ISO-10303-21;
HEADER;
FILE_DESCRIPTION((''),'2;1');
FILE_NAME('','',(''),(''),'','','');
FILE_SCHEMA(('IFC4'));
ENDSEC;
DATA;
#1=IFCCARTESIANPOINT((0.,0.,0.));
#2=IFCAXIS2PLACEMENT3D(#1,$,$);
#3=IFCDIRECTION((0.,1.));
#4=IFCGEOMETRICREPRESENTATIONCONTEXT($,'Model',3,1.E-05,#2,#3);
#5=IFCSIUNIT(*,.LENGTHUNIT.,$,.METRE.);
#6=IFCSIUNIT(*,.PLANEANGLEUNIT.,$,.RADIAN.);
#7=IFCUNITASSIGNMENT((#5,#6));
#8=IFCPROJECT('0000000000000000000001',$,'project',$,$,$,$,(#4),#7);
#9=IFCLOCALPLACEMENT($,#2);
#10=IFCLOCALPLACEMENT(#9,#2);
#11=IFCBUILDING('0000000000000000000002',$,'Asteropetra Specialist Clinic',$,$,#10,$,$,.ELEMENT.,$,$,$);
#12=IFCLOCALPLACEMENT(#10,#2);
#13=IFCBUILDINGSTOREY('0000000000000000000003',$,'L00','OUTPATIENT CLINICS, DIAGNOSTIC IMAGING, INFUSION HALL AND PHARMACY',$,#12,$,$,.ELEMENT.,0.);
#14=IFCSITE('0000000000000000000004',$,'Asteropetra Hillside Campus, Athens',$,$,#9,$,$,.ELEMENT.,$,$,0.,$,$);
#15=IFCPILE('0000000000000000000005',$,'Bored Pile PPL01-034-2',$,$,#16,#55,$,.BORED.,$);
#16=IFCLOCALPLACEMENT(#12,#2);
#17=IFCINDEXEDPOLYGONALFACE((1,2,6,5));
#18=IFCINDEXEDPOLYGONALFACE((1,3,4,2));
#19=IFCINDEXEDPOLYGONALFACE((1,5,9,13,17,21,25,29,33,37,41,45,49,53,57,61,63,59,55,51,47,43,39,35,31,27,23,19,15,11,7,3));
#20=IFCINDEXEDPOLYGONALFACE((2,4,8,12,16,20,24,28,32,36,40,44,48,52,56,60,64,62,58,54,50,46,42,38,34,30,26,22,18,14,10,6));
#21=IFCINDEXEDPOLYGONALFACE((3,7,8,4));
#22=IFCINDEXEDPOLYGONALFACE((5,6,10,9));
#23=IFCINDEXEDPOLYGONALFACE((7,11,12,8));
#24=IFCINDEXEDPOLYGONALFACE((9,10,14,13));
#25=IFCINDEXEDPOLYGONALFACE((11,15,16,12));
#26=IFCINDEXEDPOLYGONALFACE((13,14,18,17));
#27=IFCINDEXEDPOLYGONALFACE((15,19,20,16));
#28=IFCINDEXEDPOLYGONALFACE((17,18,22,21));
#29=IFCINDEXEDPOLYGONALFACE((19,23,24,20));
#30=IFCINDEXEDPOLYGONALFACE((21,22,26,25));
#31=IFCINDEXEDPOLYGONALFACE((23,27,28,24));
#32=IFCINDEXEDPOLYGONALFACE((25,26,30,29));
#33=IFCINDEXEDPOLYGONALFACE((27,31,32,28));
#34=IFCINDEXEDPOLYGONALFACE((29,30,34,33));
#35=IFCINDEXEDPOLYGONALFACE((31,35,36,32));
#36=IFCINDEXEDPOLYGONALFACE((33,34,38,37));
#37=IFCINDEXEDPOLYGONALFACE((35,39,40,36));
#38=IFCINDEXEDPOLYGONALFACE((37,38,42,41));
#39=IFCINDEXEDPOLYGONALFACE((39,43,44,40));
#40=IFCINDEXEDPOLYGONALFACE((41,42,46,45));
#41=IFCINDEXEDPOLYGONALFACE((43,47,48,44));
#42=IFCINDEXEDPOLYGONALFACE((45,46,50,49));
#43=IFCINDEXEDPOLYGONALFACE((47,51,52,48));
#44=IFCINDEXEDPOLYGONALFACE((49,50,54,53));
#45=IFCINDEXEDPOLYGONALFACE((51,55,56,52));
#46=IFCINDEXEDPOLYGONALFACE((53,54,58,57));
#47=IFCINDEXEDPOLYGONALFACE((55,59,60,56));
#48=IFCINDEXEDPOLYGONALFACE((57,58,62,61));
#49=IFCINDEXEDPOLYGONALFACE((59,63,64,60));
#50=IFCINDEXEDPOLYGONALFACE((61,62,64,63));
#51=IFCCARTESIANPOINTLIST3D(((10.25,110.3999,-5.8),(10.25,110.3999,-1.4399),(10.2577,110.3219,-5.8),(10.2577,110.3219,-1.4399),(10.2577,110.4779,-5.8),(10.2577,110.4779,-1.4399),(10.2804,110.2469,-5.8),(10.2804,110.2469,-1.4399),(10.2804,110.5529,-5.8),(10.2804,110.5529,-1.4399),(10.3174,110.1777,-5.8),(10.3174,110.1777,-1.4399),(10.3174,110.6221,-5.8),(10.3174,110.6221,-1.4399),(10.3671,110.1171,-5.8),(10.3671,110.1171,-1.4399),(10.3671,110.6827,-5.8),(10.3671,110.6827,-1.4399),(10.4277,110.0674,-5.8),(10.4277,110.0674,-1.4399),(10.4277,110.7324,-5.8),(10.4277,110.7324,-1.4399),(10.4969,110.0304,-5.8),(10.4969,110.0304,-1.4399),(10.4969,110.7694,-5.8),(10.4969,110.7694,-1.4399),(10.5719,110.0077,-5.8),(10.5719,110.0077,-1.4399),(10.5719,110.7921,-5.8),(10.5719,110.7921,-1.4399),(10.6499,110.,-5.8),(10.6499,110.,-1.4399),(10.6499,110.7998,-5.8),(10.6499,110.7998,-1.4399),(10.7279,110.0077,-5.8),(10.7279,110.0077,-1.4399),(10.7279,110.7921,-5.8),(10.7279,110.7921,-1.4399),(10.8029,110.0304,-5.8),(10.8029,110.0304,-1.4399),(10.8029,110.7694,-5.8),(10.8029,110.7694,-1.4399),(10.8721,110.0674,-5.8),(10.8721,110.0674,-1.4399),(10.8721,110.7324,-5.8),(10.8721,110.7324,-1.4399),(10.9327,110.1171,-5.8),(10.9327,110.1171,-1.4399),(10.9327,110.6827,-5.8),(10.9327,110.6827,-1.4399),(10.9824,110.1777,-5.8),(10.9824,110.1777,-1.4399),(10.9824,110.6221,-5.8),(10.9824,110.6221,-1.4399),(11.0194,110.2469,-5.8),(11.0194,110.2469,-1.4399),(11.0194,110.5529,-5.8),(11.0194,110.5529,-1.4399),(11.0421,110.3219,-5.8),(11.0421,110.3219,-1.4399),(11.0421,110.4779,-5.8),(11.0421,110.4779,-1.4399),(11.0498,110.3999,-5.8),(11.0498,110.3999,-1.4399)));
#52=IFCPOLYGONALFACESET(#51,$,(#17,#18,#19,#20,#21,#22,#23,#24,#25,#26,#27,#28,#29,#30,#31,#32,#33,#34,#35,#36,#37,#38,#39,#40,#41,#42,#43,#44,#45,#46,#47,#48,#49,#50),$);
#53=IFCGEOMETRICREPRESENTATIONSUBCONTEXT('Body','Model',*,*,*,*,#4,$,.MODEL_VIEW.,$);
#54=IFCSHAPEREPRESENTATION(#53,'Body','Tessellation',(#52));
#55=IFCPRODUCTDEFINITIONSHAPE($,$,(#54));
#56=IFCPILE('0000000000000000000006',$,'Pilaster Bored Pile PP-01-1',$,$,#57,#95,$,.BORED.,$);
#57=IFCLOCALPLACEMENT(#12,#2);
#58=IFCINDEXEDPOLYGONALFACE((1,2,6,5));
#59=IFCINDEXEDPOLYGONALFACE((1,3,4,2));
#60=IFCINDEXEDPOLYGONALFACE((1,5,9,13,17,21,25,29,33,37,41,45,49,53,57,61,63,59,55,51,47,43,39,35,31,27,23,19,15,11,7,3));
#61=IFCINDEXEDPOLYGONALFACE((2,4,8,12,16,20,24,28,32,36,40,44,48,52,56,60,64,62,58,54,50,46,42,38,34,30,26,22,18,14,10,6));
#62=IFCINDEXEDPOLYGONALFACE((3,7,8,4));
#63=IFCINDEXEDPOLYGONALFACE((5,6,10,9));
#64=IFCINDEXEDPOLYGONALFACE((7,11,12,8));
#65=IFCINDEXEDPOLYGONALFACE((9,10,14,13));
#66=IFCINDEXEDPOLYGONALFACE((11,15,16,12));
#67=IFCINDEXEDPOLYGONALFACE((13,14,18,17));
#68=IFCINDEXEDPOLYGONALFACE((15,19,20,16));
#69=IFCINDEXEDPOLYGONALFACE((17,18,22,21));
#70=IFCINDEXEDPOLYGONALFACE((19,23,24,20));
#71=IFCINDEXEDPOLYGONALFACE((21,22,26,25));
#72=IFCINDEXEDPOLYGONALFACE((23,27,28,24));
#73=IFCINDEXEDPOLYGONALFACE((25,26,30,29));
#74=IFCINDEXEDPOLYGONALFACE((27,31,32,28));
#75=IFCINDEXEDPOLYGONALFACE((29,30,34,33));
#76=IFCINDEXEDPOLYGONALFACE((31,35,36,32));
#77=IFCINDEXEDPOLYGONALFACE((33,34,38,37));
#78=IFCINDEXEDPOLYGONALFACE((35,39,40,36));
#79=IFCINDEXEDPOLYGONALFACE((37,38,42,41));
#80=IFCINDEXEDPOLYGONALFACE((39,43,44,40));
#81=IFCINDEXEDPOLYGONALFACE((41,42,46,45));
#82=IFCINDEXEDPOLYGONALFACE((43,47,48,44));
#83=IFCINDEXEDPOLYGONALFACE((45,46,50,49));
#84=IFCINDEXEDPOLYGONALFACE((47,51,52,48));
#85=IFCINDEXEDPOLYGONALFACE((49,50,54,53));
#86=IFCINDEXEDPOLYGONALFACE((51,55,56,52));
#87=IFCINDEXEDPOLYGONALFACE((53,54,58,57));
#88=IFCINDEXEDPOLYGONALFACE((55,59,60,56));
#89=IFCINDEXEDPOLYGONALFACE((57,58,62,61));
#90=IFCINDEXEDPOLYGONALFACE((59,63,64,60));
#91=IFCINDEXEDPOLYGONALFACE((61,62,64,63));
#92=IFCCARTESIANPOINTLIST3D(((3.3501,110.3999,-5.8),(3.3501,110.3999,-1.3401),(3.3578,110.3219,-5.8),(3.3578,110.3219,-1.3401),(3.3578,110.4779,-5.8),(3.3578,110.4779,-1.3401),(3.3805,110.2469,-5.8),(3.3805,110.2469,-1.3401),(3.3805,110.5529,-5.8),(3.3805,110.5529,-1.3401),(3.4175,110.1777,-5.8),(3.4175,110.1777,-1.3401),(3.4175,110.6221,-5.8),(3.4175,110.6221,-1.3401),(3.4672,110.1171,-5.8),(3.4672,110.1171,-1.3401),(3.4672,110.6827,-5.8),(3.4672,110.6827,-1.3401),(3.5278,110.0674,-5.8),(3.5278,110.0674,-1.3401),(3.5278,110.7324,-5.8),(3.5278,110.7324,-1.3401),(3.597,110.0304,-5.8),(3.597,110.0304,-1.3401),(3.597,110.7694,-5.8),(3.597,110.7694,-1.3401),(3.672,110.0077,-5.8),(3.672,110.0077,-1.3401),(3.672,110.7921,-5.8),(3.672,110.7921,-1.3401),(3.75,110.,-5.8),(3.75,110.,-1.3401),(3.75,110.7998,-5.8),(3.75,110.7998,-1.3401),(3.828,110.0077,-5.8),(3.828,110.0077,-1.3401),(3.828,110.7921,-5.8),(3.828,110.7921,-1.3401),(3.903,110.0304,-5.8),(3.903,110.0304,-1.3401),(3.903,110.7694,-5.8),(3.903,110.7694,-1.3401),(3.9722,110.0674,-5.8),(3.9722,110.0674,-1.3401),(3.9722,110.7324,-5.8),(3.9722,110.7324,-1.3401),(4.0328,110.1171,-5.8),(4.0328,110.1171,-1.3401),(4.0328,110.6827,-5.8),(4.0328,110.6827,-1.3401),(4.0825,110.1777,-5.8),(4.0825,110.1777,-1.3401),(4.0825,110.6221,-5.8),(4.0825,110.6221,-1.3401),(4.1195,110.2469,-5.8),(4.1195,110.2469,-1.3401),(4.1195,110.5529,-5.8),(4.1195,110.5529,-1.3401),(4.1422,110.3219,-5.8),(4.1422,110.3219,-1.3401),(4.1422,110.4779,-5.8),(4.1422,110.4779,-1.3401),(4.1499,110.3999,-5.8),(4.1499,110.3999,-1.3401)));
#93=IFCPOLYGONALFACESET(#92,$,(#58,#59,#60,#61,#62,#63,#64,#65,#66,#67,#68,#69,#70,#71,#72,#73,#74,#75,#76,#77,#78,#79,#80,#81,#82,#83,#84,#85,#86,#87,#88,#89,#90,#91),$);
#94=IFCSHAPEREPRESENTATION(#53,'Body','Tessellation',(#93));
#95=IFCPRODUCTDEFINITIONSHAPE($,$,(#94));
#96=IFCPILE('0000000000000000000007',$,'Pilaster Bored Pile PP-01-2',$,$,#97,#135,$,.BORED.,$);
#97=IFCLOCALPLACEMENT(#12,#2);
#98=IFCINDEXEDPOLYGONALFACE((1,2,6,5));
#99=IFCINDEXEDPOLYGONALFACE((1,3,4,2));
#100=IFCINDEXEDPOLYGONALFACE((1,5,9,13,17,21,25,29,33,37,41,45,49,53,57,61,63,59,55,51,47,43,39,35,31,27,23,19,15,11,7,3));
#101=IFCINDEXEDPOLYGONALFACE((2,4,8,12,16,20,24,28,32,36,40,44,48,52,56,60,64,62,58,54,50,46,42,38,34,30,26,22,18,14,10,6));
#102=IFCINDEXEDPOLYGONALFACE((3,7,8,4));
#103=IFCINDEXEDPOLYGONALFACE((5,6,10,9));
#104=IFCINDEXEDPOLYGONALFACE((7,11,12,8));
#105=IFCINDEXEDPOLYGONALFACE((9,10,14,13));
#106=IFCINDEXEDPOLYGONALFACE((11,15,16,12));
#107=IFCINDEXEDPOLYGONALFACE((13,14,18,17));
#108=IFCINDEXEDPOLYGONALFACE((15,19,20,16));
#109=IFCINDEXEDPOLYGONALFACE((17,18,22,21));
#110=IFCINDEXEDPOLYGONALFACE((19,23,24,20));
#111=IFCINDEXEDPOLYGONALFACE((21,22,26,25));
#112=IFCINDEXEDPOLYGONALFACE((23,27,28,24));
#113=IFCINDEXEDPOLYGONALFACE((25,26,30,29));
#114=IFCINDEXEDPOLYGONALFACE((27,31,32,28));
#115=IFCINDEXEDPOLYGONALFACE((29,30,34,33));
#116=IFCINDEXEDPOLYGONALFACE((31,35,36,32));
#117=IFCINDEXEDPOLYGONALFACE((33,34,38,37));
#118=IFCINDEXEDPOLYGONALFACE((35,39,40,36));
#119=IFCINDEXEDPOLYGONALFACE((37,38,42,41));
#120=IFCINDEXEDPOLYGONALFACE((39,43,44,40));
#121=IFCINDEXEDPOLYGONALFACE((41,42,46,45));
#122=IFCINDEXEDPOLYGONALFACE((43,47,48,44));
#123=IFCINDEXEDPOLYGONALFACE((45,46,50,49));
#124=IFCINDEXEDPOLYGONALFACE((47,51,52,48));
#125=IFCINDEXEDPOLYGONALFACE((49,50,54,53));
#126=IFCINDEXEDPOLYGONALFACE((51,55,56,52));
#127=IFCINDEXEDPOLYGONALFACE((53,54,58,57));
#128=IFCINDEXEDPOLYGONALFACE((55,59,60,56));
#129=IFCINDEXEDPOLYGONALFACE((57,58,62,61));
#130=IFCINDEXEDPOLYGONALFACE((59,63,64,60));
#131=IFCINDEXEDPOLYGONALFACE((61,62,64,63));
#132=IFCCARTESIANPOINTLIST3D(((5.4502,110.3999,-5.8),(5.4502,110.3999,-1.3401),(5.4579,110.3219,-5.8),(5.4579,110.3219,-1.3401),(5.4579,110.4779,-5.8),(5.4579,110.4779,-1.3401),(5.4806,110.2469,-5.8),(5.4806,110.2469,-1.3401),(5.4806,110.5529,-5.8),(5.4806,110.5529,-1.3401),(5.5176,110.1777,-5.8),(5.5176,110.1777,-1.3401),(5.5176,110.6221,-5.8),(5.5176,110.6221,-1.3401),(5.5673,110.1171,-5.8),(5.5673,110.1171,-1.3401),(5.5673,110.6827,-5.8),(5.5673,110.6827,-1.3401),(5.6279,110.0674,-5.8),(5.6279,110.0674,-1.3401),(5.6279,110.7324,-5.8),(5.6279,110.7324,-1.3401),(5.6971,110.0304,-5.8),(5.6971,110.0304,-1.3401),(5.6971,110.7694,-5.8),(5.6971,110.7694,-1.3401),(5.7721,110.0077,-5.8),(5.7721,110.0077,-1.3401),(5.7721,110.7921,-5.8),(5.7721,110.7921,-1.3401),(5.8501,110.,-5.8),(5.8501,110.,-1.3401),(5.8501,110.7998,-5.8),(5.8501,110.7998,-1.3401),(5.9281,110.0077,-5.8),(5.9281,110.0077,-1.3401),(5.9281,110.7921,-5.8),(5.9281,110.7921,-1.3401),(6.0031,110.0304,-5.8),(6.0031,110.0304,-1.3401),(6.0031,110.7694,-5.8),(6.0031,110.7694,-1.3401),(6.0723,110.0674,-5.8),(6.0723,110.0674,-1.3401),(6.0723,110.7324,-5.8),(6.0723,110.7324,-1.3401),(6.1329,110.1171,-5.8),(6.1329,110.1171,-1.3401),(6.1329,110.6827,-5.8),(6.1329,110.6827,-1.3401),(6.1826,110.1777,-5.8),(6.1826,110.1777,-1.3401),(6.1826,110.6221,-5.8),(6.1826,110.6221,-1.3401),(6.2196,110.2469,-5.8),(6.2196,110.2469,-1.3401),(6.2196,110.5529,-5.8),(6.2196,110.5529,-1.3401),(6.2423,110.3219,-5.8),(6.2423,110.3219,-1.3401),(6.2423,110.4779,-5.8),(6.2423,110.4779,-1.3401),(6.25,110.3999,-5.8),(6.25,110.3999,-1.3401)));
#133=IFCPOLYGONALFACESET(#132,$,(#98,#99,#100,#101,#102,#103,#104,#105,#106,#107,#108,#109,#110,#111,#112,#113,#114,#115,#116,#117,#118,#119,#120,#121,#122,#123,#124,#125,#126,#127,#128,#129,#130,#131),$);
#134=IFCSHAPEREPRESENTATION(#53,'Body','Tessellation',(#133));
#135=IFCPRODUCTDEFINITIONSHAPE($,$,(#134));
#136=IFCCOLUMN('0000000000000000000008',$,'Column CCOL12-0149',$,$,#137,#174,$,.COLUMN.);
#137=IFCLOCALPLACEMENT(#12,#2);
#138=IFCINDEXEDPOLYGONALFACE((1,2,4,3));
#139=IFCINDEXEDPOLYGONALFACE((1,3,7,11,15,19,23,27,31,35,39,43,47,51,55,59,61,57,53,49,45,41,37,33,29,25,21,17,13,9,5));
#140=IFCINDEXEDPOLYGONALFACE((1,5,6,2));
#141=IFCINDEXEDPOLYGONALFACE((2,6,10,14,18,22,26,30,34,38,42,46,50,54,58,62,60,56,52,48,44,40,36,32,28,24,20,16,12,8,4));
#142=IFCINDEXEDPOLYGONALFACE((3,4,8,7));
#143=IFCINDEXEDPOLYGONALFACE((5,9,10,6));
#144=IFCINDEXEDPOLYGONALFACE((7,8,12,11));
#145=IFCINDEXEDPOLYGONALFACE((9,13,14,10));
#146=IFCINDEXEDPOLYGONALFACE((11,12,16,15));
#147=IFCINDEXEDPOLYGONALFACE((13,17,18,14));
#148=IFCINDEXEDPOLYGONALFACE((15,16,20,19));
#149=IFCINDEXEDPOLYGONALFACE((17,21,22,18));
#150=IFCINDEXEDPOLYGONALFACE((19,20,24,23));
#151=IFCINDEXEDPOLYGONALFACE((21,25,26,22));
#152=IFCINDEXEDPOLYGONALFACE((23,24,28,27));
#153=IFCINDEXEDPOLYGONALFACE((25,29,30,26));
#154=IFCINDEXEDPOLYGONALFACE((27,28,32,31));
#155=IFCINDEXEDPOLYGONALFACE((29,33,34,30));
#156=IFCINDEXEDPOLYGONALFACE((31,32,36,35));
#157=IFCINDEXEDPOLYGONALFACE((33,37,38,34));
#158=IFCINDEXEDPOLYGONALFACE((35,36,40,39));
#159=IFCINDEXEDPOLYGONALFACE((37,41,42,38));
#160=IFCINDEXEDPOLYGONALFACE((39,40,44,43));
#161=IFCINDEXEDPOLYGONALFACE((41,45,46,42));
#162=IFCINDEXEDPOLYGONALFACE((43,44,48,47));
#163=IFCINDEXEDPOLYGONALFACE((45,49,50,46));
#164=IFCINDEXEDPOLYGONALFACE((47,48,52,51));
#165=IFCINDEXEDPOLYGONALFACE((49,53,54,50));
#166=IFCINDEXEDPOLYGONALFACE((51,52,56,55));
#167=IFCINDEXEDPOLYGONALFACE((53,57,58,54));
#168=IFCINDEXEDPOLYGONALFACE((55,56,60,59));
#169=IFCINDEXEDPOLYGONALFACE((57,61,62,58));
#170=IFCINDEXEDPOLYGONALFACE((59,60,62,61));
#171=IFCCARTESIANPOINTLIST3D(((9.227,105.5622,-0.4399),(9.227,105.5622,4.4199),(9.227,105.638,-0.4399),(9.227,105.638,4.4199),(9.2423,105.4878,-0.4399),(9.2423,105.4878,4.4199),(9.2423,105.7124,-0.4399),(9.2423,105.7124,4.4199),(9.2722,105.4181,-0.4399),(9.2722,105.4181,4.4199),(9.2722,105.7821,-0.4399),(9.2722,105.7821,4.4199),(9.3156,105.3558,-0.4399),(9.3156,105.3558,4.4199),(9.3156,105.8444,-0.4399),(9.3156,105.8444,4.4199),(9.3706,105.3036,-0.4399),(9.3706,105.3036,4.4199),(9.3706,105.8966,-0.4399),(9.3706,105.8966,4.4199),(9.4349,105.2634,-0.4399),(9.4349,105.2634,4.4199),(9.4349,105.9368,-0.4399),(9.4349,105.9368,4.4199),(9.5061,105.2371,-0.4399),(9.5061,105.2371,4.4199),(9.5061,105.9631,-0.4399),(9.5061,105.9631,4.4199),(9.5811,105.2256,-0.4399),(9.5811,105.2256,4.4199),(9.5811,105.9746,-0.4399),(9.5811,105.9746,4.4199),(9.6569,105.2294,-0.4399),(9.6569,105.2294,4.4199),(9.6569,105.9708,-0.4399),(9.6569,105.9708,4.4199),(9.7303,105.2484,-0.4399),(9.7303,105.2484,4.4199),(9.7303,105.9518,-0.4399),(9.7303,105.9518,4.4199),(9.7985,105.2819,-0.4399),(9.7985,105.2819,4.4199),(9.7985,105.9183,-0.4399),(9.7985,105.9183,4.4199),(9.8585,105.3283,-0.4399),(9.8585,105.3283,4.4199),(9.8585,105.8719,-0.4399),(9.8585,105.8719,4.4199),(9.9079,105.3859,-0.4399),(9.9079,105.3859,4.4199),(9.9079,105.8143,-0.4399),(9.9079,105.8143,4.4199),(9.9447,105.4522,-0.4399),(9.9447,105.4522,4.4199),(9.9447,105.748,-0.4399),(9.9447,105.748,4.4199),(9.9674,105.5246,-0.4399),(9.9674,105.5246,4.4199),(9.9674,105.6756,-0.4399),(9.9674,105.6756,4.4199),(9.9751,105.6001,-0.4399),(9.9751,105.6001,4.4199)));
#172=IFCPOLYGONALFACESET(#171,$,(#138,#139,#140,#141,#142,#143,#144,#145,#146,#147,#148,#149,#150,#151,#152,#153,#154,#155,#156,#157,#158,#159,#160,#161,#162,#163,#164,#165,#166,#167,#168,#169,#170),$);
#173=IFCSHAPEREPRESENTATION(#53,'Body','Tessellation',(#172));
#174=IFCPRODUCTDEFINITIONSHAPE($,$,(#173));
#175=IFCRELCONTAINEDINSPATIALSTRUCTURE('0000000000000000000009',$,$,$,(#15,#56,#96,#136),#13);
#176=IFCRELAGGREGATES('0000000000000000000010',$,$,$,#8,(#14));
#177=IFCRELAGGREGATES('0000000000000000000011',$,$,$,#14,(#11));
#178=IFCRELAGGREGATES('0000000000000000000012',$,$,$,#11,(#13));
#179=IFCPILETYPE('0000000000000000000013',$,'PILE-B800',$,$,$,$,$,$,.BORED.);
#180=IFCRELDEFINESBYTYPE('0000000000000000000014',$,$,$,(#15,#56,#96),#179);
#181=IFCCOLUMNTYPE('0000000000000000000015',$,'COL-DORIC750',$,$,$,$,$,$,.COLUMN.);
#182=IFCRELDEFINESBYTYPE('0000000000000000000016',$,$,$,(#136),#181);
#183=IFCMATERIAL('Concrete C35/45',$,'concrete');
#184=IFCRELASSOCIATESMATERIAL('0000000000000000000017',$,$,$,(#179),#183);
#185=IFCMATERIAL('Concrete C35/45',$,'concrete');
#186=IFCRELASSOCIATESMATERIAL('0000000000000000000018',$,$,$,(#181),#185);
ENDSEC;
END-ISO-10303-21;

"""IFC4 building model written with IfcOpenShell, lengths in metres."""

from ifc_helpers import new_model, si_unit, direction, frame, origin, origin_2d, place, context, subcontext, project, spatial, circle, extrude, material, material_profile, profile_set, type_object, element, save


model = new_model("IFC4")

# Units and contexts
model_context = context("Model", 3, precision=1e-05, world=origin(), true_north=direction((0.0, 1.0)))
body_context = subcontext(model_context, "Body", "Model", "MODEL_VIEW")
ifc_project = project(units=[si_unit("LENGTHUNIT", "METRE"), si_unit("PLANEANGLEUNIT", "RADIAN")], contexts=[model_context])

# Site, building, storey
site_placement = place(None, origin())
site = spatial("IfcSite", under=ifc_project, at=site_placement, Name="Asteropetra Hillside Campus, Athens", CompositionType="ELEMENT", RefElevation=0.0)
building_placement = place(site_placement, origin())
building = spatial("IfcBuilding", under=site, at=building_placement, Name="Asteropetra Specialist Clinic", CompositionType="ELEMENT")
storey_placement = place(building_placement, origin())
storey = spatial("IfcBuildingStorey", under=building, at=storey_placement, Name="L00", Description="OUTPATIENT CLINICS, DIAGNOSTIC IMAGING, INFUSION HALL AND PHARMACY", CompositionType="ELEMENT", Elevation=0.0)

# Piles
ifc_material_1 = material(Name="Concrete C35/45", Category="concrete")
ifc_material_profile_1 = material_profile(ifc_material_1, circle(Radius=0.3999, at=origin_2d()), Name="PILE D800")
ifc_profile_set_1 = profile_set([ifc_material_profile_1], Name="Concrete C35/45")
pile_type = type_object("IfcPileType", Name="PILE-B800", PredefinedType="BORED", material=ifc_profile_set_1)
for number, where, z_axis, x_axis, name in (
    (1, (10.6499, 110.3999, -1.4399), (0.0, 0.0, -1.0), (1.0, 0.0, 0.0), "Bored Pile PPL01-034-2"),
):
    element("IfcPile", number, at=place(storey_placement, frame(where, z_axis=z_axis, x_axis=x_axis)), inside=storey, type_object=pile_type, Name=name, PredefinedType="BORED", context=body_context, shape_type="SweptSolid", body=[
        extrude(circle(Radius=0.3999, at=origin_2d()), origin(), (0.0, 0.0, 1.0), 4.3601),
    ])
for number, where, z_axis, x_axis, name in (
    (2, (3.75, 110.3999, -1.3401), (0.0, 0.0, -1.0), (1.0, 0.0, 0.0), "Pilaster Bored Pile PP-01-1"),
    (3, (5.8501, 110.3999, -1.3401), (0.0, 0.0, -1.0), (1.0, 0.0, 0.0), "Pilaster Bored Pile PP-01-2"),
):
    element("IfcPile", number, at=place(storey_placement, frame(where, z_axis=z_axis, x_axis=x_axis)), inside=storey, type_object=pile_type, Name=name, PredefinedType="BORED", context=body_context, shape_type="SweptSolid", body=[
        extrude(circle(Radius=0.3999, at=origin_2d()), origin(), (0.0, 0.0, 1.0), 4.46),
    ])

# Column
ifc_material_2 = material(Name="Concrete C35/45", Category="concrete")
ifc_material_profile_2 = material_profile(ifc_material_2, circle(Radius=0.375, at=origin_2d()), Name="RCC D750")
ifc_profile_set_2 = profile_set([ifc_material_profile_2], Name="Concrete C35/45")
column_type_1 = type_object("IfcColumnType", Name="COL-DORIC750", PredefinedType="COLUMN", material=ifc_profile_set_2)
for number, where, z_axis, x_axis, name in (
    (4, (9.6001, 105.6001, -0.4399), (0.0, 0.0, 1.0), (1.0, 0.0, 0.0), "Column CCOL12-0149"),
):
    element("IfcColumn", number, at=place(storey_placement, frame(where, z_axis=z_axis, x_axis=x_axis)), inside=storey, type_object=column_type_1, Name=name, PredefinedType="COLUMN", context=body_context, shape_type="SweptSolid", body=[
        extrude(circle(Radius=0.375, at=origin_2d()), origin(), (0.0, 0.0, 1.0), 4.8599),
    ])

save(model, "model.ifc")
